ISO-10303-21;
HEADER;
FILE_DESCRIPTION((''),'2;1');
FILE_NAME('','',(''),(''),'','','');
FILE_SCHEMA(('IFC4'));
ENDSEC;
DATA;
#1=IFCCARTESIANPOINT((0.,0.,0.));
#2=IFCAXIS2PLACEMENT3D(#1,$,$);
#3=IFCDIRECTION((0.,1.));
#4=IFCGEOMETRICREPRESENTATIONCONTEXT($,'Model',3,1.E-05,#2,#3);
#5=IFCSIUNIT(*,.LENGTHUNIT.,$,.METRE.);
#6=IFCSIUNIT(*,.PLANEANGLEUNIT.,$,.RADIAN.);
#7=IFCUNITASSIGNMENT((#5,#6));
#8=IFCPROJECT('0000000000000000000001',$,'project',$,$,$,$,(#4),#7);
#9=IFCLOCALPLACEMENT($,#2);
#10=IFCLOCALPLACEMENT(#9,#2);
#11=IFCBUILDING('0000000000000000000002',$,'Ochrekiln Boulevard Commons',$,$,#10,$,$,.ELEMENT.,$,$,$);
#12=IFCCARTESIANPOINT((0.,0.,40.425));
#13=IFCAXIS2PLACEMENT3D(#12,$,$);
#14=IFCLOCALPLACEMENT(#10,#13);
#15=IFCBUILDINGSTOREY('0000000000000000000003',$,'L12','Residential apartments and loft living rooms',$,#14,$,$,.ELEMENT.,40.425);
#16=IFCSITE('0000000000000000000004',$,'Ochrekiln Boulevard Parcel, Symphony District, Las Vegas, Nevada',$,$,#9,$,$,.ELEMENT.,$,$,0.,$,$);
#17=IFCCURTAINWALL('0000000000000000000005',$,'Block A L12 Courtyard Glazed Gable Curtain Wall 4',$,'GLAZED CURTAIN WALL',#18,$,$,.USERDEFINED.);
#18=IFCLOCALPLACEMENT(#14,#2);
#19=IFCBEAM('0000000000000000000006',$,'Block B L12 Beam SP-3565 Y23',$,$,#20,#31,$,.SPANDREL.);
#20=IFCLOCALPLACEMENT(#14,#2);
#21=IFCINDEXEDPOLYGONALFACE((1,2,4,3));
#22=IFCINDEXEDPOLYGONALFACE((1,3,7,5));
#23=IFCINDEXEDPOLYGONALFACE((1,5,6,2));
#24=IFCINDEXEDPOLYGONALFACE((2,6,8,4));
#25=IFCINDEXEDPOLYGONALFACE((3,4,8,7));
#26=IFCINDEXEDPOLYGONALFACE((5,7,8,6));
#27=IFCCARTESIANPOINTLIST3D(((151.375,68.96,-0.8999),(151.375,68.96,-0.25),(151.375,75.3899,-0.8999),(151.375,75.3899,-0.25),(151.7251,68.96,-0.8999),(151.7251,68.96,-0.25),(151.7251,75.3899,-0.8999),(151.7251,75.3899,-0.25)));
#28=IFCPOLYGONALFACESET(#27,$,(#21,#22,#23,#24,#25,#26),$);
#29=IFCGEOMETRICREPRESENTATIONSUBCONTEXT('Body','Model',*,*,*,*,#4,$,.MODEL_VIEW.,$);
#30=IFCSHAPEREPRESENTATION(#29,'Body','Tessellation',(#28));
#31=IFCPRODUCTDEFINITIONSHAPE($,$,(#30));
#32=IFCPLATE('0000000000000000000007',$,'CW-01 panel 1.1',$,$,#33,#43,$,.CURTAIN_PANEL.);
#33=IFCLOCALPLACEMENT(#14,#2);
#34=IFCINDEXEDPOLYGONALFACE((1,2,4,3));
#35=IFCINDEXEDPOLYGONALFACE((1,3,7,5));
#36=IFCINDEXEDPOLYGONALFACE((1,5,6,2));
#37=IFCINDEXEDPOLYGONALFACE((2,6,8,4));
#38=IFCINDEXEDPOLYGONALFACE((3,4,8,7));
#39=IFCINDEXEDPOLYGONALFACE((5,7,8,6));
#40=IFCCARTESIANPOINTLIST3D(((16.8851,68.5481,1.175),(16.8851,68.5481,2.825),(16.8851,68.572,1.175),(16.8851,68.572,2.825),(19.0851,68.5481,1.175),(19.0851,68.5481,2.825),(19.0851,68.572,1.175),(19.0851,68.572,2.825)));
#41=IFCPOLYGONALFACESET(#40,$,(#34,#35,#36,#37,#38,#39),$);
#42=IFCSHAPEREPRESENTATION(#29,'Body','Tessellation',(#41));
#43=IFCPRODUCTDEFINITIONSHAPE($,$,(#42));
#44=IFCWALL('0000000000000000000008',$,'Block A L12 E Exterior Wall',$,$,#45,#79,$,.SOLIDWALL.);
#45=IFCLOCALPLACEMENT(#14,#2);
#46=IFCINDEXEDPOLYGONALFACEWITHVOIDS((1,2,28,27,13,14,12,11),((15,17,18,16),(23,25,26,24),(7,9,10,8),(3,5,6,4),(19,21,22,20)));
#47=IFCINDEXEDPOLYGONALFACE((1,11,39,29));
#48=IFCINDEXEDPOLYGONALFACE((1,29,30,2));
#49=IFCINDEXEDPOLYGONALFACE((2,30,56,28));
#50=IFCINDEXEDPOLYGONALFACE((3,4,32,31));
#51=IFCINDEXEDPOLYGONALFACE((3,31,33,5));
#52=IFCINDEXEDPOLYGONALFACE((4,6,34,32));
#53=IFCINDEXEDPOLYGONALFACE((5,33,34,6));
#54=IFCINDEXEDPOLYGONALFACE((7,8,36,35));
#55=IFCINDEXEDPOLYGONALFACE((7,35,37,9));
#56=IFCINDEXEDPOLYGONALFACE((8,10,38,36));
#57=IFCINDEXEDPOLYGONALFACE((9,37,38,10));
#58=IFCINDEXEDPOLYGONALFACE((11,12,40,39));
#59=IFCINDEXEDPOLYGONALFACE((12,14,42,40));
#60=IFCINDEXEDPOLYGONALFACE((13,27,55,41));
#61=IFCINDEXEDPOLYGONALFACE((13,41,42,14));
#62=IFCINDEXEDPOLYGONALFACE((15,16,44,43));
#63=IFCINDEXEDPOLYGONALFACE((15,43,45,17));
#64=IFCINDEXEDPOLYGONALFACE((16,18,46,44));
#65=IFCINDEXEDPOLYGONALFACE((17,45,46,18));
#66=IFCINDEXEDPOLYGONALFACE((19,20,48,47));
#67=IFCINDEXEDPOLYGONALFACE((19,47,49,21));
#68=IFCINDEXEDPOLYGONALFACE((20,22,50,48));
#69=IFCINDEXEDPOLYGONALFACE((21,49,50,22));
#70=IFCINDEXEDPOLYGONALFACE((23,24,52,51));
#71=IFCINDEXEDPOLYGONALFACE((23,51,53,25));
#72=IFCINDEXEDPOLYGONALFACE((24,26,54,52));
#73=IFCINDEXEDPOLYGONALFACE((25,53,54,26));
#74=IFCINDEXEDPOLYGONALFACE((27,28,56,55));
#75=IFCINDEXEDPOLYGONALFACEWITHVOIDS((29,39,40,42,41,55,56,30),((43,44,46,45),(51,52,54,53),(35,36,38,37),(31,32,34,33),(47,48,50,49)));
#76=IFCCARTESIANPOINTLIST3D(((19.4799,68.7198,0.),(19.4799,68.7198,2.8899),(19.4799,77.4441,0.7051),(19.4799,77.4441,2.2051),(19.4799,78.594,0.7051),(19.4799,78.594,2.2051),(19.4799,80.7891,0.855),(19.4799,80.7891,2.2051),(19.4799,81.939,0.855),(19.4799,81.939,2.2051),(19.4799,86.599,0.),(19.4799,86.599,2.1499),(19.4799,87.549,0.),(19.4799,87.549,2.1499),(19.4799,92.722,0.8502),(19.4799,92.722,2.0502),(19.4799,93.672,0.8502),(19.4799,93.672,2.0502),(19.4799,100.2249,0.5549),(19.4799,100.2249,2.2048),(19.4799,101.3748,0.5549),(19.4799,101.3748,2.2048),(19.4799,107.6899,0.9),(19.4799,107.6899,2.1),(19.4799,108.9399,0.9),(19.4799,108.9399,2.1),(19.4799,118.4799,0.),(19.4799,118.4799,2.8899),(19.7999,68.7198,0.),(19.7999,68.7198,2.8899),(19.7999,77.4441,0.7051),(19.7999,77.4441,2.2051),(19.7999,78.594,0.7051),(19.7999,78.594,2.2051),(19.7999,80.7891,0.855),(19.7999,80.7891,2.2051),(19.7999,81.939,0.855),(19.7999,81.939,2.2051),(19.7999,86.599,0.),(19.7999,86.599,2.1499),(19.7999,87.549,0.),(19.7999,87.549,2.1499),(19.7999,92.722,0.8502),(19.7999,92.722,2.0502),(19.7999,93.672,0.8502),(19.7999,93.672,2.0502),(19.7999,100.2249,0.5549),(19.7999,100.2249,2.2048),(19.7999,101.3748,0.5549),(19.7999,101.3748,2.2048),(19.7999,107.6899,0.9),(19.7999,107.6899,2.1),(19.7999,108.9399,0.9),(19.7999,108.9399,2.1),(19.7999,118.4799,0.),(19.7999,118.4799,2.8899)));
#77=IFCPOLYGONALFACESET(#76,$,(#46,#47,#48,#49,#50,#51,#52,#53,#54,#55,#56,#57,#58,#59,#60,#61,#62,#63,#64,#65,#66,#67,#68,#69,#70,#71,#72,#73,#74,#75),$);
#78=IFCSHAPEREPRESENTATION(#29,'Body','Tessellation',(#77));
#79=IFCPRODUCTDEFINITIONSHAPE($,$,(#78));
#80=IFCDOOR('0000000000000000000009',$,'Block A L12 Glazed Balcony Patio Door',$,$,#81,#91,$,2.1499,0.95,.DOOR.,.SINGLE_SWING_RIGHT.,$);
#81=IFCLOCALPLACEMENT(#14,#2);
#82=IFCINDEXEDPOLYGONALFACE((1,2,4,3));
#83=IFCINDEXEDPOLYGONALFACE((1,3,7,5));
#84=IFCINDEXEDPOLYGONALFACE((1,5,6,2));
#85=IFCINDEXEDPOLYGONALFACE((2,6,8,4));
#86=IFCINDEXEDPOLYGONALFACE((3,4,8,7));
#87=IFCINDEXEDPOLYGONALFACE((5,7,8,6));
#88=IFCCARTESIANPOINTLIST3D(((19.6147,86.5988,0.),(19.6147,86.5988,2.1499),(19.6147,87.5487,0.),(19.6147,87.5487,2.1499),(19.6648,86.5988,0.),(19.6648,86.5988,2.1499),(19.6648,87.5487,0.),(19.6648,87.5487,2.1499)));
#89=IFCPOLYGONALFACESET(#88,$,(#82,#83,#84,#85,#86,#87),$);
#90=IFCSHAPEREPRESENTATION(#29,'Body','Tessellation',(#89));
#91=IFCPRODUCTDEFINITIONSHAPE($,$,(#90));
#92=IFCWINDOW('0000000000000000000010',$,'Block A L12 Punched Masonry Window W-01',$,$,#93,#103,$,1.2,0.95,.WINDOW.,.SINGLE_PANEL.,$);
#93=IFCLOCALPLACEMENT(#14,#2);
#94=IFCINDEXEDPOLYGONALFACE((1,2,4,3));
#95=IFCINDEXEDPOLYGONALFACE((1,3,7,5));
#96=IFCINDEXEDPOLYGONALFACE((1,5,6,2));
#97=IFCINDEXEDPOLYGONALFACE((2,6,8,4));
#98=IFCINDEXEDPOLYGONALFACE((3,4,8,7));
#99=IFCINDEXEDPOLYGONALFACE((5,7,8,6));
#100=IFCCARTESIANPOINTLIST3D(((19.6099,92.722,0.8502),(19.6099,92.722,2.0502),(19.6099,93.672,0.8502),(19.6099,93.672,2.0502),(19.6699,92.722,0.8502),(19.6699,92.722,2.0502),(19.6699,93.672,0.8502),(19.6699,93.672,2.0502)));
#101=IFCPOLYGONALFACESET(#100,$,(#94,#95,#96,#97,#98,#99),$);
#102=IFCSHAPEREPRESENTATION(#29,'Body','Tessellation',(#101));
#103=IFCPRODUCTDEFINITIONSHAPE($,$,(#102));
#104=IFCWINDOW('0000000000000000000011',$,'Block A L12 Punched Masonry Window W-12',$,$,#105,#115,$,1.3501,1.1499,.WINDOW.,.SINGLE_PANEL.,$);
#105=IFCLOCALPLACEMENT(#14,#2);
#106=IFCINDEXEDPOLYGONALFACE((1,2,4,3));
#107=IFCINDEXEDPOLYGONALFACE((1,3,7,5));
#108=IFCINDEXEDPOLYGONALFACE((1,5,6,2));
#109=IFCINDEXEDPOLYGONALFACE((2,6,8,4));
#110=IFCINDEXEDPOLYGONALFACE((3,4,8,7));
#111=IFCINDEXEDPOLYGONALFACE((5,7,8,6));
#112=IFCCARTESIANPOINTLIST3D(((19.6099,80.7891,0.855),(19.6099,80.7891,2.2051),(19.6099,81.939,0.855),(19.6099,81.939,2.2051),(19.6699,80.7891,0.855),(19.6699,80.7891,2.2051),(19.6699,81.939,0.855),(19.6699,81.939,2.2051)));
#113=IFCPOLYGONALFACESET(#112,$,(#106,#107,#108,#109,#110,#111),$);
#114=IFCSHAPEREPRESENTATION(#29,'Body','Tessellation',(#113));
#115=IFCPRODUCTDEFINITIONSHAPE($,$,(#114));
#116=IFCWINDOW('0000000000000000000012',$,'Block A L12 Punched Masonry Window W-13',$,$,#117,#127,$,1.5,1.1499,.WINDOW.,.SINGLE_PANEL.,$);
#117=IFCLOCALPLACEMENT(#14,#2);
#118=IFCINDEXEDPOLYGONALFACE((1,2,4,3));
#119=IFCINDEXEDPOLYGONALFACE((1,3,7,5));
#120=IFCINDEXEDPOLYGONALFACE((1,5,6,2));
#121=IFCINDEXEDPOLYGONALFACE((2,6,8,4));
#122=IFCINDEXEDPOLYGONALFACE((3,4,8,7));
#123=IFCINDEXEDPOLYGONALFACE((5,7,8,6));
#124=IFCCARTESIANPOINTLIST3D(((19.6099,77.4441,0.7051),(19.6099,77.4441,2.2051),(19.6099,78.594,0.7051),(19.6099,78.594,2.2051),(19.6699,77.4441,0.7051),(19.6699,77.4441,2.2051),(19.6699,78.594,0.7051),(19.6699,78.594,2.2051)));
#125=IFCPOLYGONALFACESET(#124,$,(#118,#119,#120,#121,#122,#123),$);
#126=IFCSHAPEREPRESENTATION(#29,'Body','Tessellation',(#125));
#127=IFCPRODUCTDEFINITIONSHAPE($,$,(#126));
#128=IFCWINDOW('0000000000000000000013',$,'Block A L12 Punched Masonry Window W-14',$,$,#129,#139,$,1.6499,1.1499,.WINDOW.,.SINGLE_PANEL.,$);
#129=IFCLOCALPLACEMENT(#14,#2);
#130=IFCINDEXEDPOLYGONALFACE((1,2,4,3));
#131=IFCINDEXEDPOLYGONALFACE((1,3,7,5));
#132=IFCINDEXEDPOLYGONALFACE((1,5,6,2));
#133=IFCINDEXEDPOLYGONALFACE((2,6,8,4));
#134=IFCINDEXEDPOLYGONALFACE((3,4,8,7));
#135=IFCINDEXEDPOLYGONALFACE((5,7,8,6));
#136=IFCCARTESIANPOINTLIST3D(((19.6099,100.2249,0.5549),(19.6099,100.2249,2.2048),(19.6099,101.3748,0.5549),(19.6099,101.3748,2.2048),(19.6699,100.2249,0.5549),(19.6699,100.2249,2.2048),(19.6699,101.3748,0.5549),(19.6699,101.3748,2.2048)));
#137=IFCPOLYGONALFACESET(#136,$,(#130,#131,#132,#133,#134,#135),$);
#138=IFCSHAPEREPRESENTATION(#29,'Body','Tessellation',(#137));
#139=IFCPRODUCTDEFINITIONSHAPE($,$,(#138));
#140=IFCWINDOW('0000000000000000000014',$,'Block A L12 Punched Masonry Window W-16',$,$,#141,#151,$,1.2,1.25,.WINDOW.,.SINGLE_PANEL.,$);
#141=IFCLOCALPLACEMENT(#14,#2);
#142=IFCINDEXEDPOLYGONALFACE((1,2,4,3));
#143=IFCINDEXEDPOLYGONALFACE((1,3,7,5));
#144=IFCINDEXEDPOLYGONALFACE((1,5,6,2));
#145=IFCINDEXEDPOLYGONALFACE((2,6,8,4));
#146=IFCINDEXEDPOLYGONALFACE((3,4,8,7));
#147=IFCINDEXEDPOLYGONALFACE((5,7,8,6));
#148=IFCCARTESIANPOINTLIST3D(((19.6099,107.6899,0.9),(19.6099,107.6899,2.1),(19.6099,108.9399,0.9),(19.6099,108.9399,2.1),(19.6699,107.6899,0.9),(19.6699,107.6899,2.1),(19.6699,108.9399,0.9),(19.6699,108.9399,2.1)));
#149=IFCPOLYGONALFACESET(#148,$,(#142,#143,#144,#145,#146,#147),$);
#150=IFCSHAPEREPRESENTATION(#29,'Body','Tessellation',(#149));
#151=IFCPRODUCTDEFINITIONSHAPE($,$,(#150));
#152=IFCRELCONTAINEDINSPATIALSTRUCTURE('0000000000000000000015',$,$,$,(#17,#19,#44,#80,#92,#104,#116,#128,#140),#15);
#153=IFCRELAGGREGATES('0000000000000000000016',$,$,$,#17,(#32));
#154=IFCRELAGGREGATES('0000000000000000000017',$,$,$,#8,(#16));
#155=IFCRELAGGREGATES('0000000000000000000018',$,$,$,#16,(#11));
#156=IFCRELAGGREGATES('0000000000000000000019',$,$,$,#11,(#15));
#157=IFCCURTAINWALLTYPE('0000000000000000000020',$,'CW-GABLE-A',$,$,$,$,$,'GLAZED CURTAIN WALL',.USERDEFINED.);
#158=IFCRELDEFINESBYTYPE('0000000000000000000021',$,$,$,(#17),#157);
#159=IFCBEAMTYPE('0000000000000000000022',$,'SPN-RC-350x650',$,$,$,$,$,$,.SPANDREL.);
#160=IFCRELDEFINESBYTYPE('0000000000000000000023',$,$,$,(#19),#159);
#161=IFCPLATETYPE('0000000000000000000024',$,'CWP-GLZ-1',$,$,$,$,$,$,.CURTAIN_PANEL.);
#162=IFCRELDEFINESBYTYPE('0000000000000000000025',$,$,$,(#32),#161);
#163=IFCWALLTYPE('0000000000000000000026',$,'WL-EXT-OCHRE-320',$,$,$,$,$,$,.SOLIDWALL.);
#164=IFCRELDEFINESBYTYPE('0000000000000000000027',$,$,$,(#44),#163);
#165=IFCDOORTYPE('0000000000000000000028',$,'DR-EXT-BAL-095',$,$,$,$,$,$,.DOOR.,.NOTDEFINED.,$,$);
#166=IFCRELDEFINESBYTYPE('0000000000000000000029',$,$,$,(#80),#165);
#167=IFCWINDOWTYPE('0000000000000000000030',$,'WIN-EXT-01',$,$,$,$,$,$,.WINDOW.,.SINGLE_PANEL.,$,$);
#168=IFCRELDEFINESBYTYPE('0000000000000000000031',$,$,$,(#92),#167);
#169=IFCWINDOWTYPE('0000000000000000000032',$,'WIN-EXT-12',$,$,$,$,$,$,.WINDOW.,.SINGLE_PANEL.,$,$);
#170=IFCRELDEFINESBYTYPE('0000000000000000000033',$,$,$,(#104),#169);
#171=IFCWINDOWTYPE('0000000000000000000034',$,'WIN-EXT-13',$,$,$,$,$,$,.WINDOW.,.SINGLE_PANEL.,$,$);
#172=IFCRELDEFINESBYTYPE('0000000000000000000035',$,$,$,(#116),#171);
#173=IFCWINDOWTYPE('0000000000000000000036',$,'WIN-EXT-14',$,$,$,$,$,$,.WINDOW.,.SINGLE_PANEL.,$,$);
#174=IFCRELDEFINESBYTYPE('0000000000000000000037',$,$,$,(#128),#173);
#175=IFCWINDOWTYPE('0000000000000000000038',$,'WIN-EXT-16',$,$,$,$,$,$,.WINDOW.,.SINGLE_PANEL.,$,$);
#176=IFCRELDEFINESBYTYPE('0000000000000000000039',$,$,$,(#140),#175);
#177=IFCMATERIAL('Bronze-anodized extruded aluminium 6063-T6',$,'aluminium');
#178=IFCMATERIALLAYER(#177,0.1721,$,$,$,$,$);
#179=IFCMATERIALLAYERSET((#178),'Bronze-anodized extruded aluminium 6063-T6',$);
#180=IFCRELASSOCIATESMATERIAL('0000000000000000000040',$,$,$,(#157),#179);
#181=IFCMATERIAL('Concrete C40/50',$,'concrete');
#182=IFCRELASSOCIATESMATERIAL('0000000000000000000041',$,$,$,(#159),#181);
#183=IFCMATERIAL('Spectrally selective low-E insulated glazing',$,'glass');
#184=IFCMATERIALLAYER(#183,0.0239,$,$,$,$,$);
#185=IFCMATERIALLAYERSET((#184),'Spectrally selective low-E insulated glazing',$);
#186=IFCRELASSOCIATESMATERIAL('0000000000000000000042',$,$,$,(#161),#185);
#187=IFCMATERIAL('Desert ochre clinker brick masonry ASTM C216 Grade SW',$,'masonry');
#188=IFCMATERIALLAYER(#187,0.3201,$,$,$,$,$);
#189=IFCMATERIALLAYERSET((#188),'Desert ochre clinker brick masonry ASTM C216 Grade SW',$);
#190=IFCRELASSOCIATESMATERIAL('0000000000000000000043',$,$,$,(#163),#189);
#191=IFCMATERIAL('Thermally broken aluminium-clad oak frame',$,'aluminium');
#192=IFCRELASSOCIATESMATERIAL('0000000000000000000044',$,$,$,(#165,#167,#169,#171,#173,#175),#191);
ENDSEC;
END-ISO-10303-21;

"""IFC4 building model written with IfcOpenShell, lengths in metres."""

from ifc_helpers import new_model, si_unit, direction, frame, frame_2d, origin, origin_2d, place, context, subcontext, project, spatial, rectangle, extrude, material, layer, layer_set, material_profile, profile_set, type_object, element, fill, aggregate, save


model = new_model("IFC4")

# Units and contexts
model_context = context("Model", 3, precision=1e-05, world=origin(), true_north=direction((0.0, 1.0)))
body_context = subcontext(model_context, "Body", "Model", "MODEL_VIEW")
ifc_project = project(units=[si_unit("LENGTHUNIT", "METRE"), si_unit("PLANEANGLEUNIT", "RADIAN")], contexts=[model_context])

# Site, building, storey
site_placement = place(None, origin())
site = spatial("IfcSite", under=ifc_project, at=site_placement, Name="Ochrekiln Boulevard Parcel, Symphony District, Las Vegas, Nevada", CompositionType="ELEMENT", RefElevation=0.0)
building_placement = place(site_placement, origin())
building = spatial("IfcBuilding", under=site, at=building_placement, Name="Ochrekiln Boulevard Commons", CompositionType="ELEMENT")
storey_placement = place(building_placement, frame((0.0, 0.0, 40.425)))
storey = spatial("IfcBuildingStorey", under=building, at=storey_placement, Name="L12", Description="Residential apartments and loft living rooms", CompositionType="ELEMENT", Elevation=40.425)

# Curtain wall
ifc_material_1 = material(Name="Bronze-anodized extruded aluminium 6063-T6", Category="aluminium")
ifc_layer_1 = layer(ifc_material_1, 0.1721)
ifc_layer_set_1 = layer_set([ifc_layer_1], Name="Bronze-anodized extruded aluminium 6063-T6")
curtain_wall_type = type_object("IfcCurtainWallType", Name="CW-GABLE-A", ElementType="GLAZED CURTAIN WALL", PredefinedType="USERDEFINED", material=ifc_layer_set_1)
curtain_wall_placement = place(storey_placement, origin())
curtain_wall = element("IfcCurtainWall", 1, at=curtain_wall_placement, inside=storey, type_object=curtain_wall_type, Name="Block A L12 Courtyard Glazed Gable Curtain Wall 4", ObjectType="GLAZED CURTAIN WALL", PredefinedType="USERDEFINED")

# Beam
ifc_material_2 = material(Name="Concrete C40/50", Category="concrete")
ifc_material_profile_1 = material_profile(ifc_material_2, rectangle(XDim=0.3501, YDim=0.6499, at=origin_2d()), Name="RC-SPN-350x650")
ifc_profile_set_1 = profile_set([ifc_material_profile_1], Name="Concrete C40/50")
beam_type = type_object("IfcBeamType", Name="SPN-RC-350x650", PredefinedType="SPANDREL", material=ifc_profile_set_1)
for number, where, z_axis, x_axis, name in (
    (2, (151.55, 68.96, -0.575), (0.0, 1.0, 0.0), (-1.0, 0.0, 0.0), "Block B L12 Beam SP-3565 Y23"),
):
    element("IfcBeam", number, at=place(storey_placement, frame(where, z_axis=z_axis, x_axis=x_axis)), inside=storey, type_object=beam_type, Name=name, PredefinedType="SPANDREL", context=body_context, shape_type="SweptSolid", body=[
        extrude(rectangle(XDim=0.3501, YDim=0.6499, at=origin_2d()), origin(), (0.0, 0.0, 1.0), 6.4299),
    ])

# Plate
ifc_material_3 = material(Name="Spectrally selective low-E insulated glazing", Category="glass")
ifc_layer_2 = layer(ifc_material_3, 0.0239)
ifc_layer_set_2 = layer_set([ifc_layer_2], Name="Spectrally selective low-E insulated glazing")
plate_type = type_object("IfcPlateType", Name="CWP-GLZ-1", PredefinedType="CURTAIN_PANEL", material=ifc_layer_set_2)
plate_placement = place(storey_placement, frame((17.9851, 68.5601, 1.175), z_axis=(0.0, 0.0, 1.0), x_axis=(1.0, 0.0, 0.0)))
plate = element("IfcPlate", 3, at=plate_placement, type_object=plate_type, Name="CW-01 panel 1.1", PredefinedType="CURTAIN_PANEL", context=body_context, shape_type="SweptSolid", body=[
    extrude(rectangle(XDim=2.2, YDim=0.0239, at=origin_2d()), origin(), (0.0, 0.0, 1.0), 1.6499),
])
aggregate(curtain_wall, [plate])

# Wall, openings, door, windows
ifc_material_4 = material(Name="Desert ochre clinker brick masonry ASTM C216 Grade SW", Category="masonry")
ifc_layer_3 = layer(ifc_material_4, 0.3201)
ifc_layer_set_3 = layer_set([ifc_layer_3], Name="Desert ochre clinker brick masonry ASTM C216 Grade SW")
wall_type = type_object("IfcWallType", Name="WL-EXT-OCHRE-320", PredefinedType="SOLIDWALL", material=ifc_layer_set_3)
wall_placement = place(storey_placement, frame((19.6399, 68.72, 0.0), z_axis=(0.0, 0.0, 1.0), x_axis=(0.0, 1.0, 0.0)))
wall = element("IfcWall", 4, at=wall_placement, inside=storey, type_object=wall_type, Name="Block A L12 E Exterior Wall", PredefinedType="SOLIDWALL", context=body_context, shape_type="SweptSolid", body=[
    extrude(rectangle(XDim=49.76, YDim=0.3201, at=frame_2d((24.8799, 0.0))), origin(), (0.0, 0.0, 1.0), 2.8899),
])
opening_1_placement = place(wall_placement, frame((12.0691, 0.0, 0.855)))
opening_1 = element("IfcOpeningElement", 5, at=opening_1_placement, cuts=wall, PredefinedType="OPENING", context=body_context, shape_type="SweptSolid", body=[
    extrude(rectangle(XDim=1.1499, YDim=1.3501, at=frame_2d((0.575, 0.675))), frame((0.0, 0.1699, 0.0), z_axis=(0.0, -1.0, 0.0), x_axis=(1.0, 0.0, 0.0)), (0.0, 0.0, 1.0), 0.3401),
])
opening_2_placement = place(wall_placement, frame((8.7241, 0.0, 0.7051)))
opening_2 = element("IfcOpeningElement", 6, at=opening_2_placement, cuts=wall, PredefinedType="OPENING", context=body_context, shape_type="SweptSolid", body=[
    extrude(rectangle(XDim=1.1499, YDim=1.5, at=frame_2d((0.575, 0.75))), frame((0.0, 0.1699, 0.0), z_axis=(0.0, -1.0, 0.0), x_axis=(1.0, 0.0, 0.0)), (0.0, 0.0, 1.0), 0.3401),
])
opening_3_placement = place(wall_placement, frame((17.8789, 0.0, 0.0)))
opening_3 = element("IfcOpeningElement", 7, at=opening_3_placement, cuts=wall, PredefinedType="OPENING", context=body_context, shape_type="SweptSolid", body=[
    extrude(rectangle(XDim=0.95, YDim=2.1499, at=frame_2d((0.4751, 1.075))), frame((0.0, 0.1699, 0.0), z_axis=(0.0, -1.0, 0.0), x_axis=(1.0, 0.0, 0.0)), (0.0, 0.0, 1.0), 0.3401),
])
opening_4_placement = place(wall_placement, frame((31.5049, 0.0, 0.5549)))
opening_4 = element("IfcOpeningElement", 8, at=opening_4_placement, cuts=wall, PredefinedType="OPENING", context=body_context, shape_type="SweptSolid", body=[
    extrude(rectangle(XDim=1.1499, YDim=1.6499, at=frame_2d((0.575, 0.825))), frame((0.0, 0.1699, 0.0), z_axis=(0.0, -1.0, 0.0), x_axis=(1.0, 0.0, 0.0)), (0.0, 0.0, 1.0), 0.3401),
])
opening_5_placement = place(wall_placement, frame((24.002, 0.0, 0.8501)))
opening_5 = element("IfcOpeningElement", 9, at=opening_5_placement, cuts=wall, PredefinedType="OPENING", context=body_context, shape_type="SweptSolid", body=[
    extrude(rectangle(XDim=0.95, YDim=1.2, at=frame_2d((0.4751, 0.6001))), frame((0.0, 0.1699, 0.0), z_axis=(0.0, -1.0, 0.0), x_axis=(1.0, 0.0, 0.0)), (0.0, 0.0, 1.0), 0.3401),
])
opening_6_placement = place(wall_placement, frame((38.97, 0.0, 0.8999)))
opening_6 = element("IfcOpeningElement", 10, at=opening_6_placement, cuts=wall, PredefinedType="OPENING", context=body_context, shape_type="SweptSolid", body=[
    extrude(rectangle(XDim=1.25, YDim=1.2, at=frame_2d((0.625, 0.6001))), frame((0.0, 0.1699, 0.0), z_axis=(0.0, -1.0, 0.0), x_axis=(1.0, 0.0, 0.0)), (0.0, 0.0, 1.0), 0.3401),
])
ifc_material_5 = material(Name="Thermally broken aluminium-clad oak frame", Category="aluminium")
door_type = type_object("IfcDoorType", Name="DR-EXT-BAL-095", OperationType="NOTDEFINED", PredefinedType="DOOR", material=ifc_material_5)
door_placement = place(opening_3_placement, frame((0.95, 0.0, 0.0), z_axis=(0.0, 0.0, 1.0), x_axis=(-1.0, 0.0, 0.0)))
door = element("IfcDoor", 11, at=door_placement, inside=storey, type_object=door_type, Name="Block A L12 Glazed Balcony Patio Door", OperationType="SINGLE_SWING_RIGHT", OverallHeight=2.1499, OverallWidth=0.95, PredefinedType="DOOR", context=body_context, shape_type="SweptSolid", body=[
    extrude(rectangle(XDim=0.95, YDim=2.1499, at=frame_2d((0.4751, 1.075))), frame((0.0, 0.0249, 0.0), z_axis=(0.0, -1.0, 0.0), x_axis=(1.0, 0.0, 0.0)), (0.0, 0.0, 1.0), 0.05),
])
fill(opening_3, door)
window_type_1 = type_object("IfcWindowType", Name="WIN-EXT-01", PartitioningType="SINGLE_PANEL", PredefinedType="WINDOW", material=ifc_material_5)
window_1_placement = place(opening_5_placement, origin())
window_1 = element("IfcWindow", 12, at=window_1_placement, inside=storey, type_object=window_type_1, Name="Block A L12 Punched Masonry Window W-01", OverallHeight=1.2, OverallWidth=0.95, PartitioningType="SINGLE_PANEL", PredefinedType="WINDOW", context=body_context, shape_type="SweptSolid", body=[
    extrude(rectangle(XDim=0.95, YDim=1.2, at=frame_2d((0.4751, 0.6001))), frame((0.0, 0.03, 0.0), z_axis=(0.0, -1.0, 0.0), x_axis=(1.0, 0.0, 0.0)), (0.0, 0.0, 1.0), 0.0601),
])
fill(opening_5, window_1)
window_type_2 = type_object("IfcWindowType", Name="WIN-EXT-12", PartitioningType="SINGLE_PANEL", PredefinedType="WINDOW", material=ifc_material_5)
window_2_placement = place(opening_1_placement, origin())
window_2 = element("IfcWindow", 13, at=window_2_placement, inside=storey, type_object=window_type_2, Name="Block A L12 Punched Masonry Window W-12", OverallHeight=1.3501, OverallWidth=1.1499, PartitioningType="SINGLE_PANEL", PredefinedType="WINDOW", context=body_context, shape_type="SweptSolid", body=[
    extrude(rectangle(XDim=1.1499, YDim=1.3501, at=frame_2d((0.575, 0.675))), frame((0.0, 0.03, 0.0), z_axis=(0.0, -1.0, 0.0), x_axis=(1.0, 0.0, 0.0)), (0.0, 0.0, 1.0), 0.0601),
])
fill(opening_1, window_2)
window_type_3 = type_object("IfcWindowType", Name="WIN-EXT-13", PartitioningType="SINGLE_PANEL", PredefinedType="WINDOW", material=ifc_material_5)
window_3_placement = place(opening_2_placement, origin())
window_3 = element("IfcWindow", 14, at=window_3_placement, inside=storey, type_object=window_type_3, Name="Block A L12 Punched Masonry Window W-13", OverallHeight=1.5, OverallWidth=1.1499, PartitioningType="SINGLE_PANEL", PredefinedType="WINDOW", context=body_context, shape_type="SweptSolid", body=[
    extrude(rectangle(XDim=1.1499, YDim=1.5, at=frame_2d((0.575, 0.75))), frame((0.0, 0.03, 0.0), z_axis=(0.0, -1.0, 0.0), x_axis=(1.0, 0.0, 0.0)), (0.0, 0.0, 1.0), 0.0601),
])
fill(opening_2, window_3)
window_type_4 = type_object("IfcWindowType", Name="WIN-EXT-14", PartitioningType="SINGLE_PANEL", PredefinedType="WINDOW", material=ifc_material_5)
window_4_placement = place(opening_4_placement, origin())
window_4 = element("IfcWindow", 15, at=window_4_placement, inside=storey, type_object=window_type_4, Name="Block A L12 Punched Masonry Window W-14", OverallHeight=1.6499, OverallWidth=1.1499, PartitioningType="SINGLE_PANEL", PredefinedType="WINDOW", context=body_context, shape_type="SweptSolid", body=[
    extrude(rectangle(XDim=1.1499, YDim=1.6499, at=frame_2d((0.575, 0.825))), frame((0.0, 0.03, 0.0), z_axis=(0.0, -1.0, 0.0), x_axis=(1.0, 0.0, 0.0)), (0.0, 0.0, 1.0), 0.0601),
])
fill(opening_4, window_4)
window_type_5 = type_object("IfcWindowType", Name="WIN-EXT-16", PartitioningType="SINGLE_PANEL", PredefinedType="WINDOW", material=ifc_material_5)
window_5_placement = place(opening_6_placement, origin())
window_5 = element("IfcWindow", 16, at=window_5_placement, inside=storey, type_object=window_type_5, Name="Block A L12 Punched Masonry Window W-16", OverallHeight=1.2, OverallWidth=1.25, PartitioningType="SINGLE_PANEL", PredefinedType="WINDOW", context=body_context, shape_type="SweptSolid", body=[
    extrude(rectangle(XDim=1.25, YDim=1.2, at=frame_2d((0.625, 0.6001))), frame((0.0, 0.03, 0.0), z_axis=(0.0, -1.0, 0.0), x_axis=(1.0, 0.0, 0.0)), (0.0, 0.0, 1.0), 0.0601),
])
fill(opening_6, window_5)

save(model, "model.ifc")
